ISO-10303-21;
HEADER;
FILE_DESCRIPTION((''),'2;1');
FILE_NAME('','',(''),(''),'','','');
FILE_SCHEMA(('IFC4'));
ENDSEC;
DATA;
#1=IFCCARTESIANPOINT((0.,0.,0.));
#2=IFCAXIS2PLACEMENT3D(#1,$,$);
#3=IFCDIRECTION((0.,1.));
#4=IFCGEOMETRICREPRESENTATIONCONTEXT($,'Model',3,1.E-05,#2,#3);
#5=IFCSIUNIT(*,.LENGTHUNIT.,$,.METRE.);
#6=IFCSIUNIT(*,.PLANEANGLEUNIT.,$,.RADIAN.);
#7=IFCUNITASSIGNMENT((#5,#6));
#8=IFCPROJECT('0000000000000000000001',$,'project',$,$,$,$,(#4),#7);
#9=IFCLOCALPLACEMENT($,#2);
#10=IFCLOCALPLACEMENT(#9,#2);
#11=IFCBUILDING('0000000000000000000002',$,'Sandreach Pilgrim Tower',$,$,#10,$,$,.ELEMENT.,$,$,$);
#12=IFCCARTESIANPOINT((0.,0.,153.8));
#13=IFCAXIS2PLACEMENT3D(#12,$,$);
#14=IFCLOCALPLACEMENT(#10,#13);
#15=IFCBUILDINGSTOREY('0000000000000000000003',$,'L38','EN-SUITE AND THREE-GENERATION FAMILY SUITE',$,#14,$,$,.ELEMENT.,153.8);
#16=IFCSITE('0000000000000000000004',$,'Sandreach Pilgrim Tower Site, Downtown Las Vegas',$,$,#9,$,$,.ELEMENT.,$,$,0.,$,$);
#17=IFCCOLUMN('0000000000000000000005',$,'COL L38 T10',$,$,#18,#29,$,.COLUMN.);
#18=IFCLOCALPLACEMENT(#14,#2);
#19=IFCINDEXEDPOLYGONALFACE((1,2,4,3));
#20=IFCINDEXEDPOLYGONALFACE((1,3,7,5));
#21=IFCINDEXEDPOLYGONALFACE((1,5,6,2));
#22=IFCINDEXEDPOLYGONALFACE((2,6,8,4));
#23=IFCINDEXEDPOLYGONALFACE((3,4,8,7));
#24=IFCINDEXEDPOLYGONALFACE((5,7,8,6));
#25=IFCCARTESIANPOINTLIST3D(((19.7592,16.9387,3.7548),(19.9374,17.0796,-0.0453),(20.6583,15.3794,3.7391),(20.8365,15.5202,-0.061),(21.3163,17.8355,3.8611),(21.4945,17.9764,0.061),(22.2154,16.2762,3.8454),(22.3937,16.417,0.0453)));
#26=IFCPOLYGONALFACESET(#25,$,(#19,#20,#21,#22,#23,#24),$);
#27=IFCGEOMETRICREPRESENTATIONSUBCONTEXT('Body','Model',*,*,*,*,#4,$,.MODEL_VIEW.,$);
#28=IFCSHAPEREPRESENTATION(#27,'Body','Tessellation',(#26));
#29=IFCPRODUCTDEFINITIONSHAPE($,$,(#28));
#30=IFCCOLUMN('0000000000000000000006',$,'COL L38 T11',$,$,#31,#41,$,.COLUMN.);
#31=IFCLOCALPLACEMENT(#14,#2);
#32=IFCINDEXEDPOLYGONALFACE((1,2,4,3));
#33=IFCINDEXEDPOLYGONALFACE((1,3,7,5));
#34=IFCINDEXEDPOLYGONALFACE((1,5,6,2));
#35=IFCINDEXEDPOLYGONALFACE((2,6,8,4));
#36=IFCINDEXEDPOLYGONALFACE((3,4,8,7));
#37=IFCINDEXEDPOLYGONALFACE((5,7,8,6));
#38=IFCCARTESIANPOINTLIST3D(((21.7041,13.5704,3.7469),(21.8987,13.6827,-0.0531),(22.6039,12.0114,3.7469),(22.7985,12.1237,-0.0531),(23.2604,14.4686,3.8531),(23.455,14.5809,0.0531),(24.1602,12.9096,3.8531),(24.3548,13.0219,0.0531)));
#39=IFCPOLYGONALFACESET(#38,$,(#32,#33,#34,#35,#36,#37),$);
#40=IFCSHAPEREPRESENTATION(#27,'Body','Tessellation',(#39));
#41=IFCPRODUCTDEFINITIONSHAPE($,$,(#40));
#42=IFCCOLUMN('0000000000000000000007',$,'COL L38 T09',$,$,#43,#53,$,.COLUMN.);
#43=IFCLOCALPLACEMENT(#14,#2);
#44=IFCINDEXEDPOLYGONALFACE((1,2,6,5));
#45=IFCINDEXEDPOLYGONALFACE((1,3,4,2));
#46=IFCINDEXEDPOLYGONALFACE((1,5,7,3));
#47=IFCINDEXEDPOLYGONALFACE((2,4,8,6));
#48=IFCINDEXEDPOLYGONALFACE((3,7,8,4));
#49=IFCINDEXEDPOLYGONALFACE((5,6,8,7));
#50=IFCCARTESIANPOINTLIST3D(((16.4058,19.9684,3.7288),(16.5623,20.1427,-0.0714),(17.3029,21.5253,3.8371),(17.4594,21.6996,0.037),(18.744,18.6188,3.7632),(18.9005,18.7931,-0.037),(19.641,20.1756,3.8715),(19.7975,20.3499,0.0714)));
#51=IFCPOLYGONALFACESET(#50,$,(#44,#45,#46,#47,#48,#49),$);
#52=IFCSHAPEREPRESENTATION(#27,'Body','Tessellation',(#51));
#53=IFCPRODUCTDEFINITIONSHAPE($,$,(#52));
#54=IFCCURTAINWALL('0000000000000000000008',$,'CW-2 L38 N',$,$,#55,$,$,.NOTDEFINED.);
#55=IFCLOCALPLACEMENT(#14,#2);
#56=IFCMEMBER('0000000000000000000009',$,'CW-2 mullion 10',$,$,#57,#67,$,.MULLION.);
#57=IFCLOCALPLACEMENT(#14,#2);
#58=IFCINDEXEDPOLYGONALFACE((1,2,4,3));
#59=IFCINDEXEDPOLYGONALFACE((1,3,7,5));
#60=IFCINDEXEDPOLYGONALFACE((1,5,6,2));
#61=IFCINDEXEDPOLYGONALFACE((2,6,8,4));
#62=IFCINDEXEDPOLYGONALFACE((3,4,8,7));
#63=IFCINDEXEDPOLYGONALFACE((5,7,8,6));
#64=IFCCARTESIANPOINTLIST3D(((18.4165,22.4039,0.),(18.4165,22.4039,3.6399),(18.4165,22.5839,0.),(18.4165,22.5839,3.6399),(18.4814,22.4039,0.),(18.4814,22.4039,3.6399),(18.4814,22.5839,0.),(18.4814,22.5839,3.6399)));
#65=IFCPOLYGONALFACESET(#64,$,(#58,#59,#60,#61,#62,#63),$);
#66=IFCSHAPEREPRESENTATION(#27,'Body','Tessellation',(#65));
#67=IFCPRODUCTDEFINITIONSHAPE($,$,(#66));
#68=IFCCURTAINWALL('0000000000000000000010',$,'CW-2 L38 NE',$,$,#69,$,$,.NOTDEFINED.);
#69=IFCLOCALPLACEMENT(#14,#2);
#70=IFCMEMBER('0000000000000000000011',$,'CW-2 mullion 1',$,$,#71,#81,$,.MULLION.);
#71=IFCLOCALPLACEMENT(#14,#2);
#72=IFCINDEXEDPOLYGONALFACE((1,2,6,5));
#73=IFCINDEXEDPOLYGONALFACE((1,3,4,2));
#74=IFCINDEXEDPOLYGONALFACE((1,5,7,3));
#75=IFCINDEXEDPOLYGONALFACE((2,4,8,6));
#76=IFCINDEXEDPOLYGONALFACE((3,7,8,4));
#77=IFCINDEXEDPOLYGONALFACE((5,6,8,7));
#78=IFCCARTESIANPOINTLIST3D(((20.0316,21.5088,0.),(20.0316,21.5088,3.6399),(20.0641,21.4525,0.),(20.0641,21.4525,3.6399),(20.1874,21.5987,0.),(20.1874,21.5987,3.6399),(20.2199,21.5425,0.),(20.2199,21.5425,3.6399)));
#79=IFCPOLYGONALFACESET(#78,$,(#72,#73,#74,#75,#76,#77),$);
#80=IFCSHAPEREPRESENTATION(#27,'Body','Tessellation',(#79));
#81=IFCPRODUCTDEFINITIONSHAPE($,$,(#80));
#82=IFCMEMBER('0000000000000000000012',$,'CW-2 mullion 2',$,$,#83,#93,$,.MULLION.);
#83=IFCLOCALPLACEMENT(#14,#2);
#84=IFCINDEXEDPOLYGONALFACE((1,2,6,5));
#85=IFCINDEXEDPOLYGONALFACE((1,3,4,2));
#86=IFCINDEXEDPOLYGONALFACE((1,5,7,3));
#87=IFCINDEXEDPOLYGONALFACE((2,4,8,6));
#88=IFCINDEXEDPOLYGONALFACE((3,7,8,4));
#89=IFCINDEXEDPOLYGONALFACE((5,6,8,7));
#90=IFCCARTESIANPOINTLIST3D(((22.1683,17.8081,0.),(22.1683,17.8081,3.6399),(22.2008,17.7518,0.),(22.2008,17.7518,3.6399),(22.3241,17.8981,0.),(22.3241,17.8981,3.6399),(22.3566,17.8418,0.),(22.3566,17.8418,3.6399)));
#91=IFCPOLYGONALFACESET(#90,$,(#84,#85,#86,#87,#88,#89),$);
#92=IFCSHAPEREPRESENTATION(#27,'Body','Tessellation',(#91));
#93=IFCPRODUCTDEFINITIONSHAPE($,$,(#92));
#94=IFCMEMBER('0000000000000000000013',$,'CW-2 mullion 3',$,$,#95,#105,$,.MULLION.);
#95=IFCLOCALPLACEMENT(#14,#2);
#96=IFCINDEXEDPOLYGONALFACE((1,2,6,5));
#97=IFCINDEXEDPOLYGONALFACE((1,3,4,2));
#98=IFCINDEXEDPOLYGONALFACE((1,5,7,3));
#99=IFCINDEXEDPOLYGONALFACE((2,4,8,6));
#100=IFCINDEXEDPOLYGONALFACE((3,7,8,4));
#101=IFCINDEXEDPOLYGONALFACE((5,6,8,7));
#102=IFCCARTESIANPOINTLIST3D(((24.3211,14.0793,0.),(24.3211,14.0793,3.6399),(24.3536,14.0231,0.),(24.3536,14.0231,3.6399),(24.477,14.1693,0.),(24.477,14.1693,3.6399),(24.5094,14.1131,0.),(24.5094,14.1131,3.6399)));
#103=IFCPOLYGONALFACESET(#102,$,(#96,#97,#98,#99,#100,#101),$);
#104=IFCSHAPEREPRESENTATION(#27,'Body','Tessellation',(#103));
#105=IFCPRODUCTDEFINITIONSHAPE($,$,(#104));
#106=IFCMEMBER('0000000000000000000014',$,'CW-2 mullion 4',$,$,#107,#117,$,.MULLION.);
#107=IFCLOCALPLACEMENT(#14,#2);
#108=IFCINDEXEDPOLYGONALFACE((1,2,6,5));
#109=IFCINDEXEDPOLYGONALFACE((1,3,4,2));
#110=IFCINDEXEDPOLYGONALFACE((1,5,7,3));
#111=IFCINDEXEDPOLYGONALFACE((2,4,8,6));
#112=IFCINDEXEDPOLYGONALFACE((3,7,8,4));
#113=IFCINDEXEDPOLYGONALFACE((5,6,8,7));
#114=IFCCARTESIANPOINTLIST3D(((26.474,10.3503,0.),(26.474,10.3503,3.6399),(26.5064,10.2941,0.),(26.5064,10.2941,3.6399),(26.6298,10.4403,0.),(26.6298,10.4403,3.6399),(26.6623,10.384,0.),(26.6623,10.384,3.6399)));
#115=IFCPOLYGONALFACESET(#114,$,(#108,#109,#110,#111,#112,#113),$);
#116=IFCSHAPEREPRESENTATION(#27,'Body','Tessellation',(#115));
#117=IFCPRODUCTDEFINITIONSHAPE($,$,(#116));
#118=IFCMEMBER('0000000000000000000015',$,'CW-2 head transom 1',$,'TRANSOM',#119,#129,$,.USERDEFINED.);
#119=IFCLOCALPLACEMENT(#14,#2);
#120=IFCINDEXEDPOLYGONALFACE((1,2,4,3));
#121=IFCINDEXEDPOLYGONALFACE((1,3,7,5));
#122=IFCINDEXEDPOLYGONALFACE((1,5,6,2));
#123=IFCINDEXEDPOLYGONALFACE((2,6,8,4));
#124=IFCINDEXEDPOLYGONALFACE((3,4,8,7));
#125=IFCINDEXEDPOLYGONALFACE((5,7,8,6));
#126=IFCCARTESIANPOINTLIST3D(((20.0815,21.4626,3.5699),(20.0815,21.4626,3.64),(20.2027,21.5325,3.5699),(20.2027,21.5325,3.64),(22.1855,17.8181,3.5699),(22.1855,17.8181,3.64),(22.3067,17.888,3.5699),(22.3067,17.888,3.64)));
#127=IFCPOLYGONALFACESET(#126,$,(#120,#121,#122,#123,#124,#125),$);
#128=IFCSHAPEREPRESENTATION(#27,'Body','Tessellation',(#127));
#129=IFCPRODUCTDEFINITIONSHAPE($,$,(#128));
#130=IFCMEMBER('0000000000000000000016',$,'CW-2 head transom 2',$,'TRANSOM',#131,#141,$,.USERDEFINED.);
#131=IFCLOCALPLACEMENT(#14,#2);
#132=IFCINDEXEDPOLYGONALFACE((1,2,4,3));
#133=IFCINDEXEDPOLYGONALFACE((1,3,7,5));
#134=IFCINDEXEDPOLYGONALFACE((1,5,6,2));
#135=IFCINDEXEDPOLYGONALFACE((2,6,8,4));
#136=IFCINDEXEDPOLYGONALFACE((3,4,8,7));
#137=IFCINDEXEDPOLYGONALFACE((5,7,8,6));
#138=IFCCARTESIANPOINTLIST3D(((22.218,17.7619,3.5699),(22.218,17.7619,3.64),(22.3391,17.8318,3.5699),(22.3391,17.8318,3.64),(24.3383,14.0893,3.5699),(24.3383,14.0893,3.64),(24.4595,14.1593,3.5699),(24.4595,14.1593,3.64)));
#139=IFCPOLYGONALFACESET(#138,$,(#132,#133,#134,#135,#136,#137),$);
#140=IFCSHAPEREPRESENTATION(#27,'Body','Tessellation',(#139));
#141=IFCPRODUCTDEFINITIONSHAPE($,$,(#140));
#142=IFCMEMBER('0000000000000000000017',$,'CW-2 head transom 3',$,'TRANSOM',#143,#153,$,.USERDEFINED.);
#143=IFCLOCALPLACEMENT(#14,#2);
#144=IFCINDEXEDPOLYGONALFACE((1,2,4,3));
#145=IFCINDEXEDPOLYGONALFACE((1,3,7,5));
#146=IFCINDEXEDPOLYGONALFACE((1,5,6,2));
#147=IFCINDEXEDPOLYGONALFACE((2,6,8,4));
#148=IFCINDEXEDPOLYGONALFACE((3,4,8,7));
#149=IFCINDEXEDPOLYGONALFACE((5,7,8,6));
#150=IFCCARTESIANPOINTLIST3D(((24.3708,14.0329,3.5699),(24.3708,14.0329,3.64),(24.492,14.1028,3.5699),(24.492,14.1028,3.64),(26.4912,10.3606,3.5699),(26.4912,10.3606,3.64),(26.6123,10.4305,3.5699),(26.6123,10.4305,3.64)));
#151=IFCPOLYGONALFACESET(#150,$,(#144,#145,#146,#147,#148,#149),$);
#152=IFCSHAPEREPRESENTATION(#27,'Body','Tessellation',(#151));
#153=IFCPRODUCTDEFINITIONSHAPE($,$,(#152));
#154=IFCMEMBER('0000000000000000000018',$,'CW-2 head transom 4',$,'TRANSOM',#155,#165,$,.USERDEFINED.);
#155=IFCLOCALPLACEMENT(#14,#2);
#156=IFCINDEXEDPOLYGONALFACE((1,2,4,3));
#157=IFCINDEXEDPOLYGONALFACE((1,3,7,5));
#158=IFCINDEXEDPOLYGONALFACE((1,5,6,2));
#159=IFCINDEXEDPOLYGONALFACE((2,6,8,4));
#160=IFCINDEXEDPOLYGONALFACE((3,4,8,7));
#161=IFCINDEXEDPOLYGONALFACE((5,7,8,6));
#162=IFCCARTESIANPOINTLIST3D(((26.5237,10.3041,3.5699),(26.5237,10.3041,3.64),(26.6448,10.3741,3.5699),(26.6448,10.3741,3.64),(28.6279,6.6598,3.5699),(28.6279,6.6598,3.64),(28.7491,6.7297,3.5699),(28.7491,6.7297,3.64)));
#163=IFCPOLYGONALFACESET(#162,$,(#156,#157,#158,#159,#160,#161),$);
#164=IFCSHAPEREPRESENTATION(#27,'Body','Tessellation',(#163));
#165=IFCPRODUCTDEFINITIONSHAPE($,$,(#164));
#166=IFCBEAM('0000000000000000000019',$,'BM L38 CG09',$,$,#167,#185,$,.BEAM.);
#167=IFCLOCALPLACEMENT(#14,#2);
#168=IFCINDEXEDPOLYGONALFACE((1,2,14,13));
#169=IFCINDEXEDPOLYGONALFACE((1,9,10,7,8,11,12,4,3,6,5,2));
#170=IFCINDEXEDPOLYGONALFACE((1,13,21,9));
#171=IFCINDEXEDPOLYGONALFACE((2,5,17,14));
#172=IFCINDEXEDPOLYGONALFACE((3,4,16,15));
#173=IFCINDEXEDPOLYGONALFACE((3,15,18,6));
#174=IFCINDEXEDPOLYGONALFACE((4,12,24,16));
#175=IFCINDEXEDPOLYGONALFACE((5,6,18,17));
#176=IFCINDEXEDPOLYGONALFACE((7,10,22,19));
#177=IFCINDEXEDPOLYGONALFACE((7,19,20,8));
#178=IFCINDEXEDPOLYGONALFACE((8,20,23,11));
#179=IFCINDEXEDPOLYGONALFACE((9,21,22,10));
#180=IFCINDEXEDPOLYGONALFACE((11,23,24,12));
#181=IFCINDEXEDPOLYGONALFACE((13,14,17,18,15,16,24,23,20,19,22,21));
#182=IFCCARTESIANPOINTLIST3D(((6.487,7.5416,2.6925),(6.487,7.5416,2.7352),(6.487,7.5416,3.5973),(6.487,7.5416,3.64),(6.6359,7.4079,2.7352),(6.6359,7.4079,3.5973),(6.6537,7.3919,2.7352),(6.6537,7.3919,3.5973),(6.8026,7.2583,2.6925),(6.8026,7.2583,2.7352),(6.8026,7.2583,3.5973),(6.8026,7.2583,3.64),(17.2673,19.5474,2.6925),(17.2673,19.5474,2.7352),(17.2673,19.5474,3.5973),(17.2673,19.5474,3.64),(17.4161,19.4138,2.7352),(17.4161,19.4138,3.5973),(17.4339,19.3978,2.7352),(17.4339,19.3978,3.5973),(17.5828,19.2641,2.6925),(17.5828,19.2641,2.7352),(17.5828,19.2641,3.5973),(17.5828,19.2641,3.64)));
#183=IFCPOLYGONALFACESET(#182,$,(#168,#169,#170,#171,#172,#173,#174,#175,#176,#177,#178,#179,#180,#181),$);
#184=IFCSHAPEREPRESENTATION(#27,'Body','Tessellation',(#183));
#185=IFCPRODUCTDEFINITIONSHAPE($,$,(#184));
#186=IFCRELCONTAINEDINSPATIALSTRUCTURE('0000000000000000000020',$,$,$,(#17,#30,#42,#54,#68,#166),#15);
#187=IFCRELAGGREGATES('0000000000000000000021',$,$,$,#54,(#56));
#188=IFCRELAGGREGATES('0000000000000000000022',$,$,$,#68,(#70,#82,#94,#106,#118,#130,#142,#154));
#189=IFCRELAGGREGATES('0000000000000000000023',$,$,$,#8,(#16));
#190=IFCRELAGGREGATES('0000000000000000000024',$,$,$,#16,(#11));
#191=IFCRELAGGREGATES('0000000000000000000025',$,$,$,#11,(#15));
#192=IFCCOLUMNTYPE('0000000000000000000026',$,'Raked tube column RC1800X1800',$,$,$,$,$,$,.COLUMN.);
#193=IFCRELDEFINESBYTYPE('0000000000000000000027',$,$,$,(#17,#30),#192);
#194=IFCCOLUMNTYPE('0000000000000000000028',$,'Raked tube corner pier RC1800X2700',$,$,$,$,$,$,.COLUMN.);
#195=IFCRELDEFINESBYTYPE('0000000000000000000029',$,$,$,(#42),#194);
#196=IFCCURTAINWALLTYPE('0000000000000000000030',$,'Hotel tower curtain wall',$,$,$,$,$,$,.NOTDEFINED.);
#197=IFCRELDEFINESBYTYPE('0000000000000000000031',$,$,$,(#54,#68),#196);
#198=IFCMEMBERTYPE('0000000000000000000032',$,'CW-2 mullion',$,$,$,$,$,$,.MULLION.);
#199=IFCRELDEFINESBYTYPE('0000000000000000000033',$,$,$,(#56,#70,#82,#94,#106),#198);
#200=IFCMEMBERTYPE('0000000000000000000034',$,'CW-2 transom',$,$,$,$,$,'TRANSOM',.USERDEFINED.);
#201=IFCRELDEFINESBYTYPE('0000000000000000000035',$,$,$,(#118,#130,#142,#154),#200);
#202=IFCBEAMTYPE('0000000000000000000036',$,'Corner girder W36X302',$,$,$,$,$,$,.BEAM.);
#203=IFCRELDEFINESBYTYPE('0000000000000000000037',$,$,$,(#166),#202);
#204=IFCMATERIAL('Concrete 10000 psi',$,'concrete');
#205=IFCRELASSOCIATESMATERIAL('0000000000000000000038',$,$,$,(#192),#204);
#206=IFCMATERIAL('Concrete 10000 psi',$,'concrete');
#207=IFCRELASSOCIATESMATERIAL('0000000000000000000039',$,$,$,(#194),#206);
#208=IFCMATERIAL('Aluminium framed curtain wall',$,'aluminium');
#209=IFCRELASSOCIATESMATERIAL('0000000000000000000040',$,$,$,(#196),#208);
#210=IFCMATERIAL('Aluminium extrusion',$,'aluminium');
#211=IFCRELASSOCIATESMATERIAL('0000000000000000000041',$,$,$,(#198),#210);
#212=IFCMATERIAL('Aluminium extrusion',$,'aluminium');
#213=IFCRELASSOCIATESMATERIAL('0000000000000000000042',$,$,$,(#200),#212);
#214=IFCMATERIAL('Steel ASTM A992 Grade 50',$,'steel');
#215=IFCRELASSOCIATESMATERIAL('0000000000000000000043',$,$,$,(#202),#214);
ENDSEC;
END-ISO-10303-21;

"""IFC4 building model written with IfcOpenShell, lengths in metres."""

from ifc_helpers import new_model, si_unit, direction, frame, origin, origin_2d, place, context, subcontext, project, spatial, rectangle, i_section, extrude, material, material_profile, profile_set, type_object, element, aggregate, save


model = new_model("IFC4")

# Units and contexts
model_context = context("Model", 3, precision=1e-05, world=origin(), true_north=direction((0.0, 1.0)))
body_context = subcontext(model_context, "Body", "Model", "MODEL_VIEW")
ifc_project = project(units=[si_unit("LENGTHUNIT", "METRE"), si_unit("PLANEANGLEUNIT", "RADIAN")], contexts=[model_context])

# Site, building, storey
site_placement = place(None, origin())
site = spatial("IfcSite", under=ifc_project, at=site_placement, Name="Sandreach Pilgrim Tower Site, Downtown Las Vegas", CompositionType="ELEMENT", RefElevation=0.0)
building_placement = place(site_placement, origin())
building = spatial("IfcBuilding", under=site, at=building_placement, Name="Sandreach Pilgrim Tower", CompositionType="ELEMENT")
storey_placement = place(building_placement, frame((0.0, 0.0, 153.8)))
storey = spatial("IfcBuildingStorey", under=building, at=storey_placement, Name="L38", Description="EN-SUITE AND THREE-GENERATION FAMILY SUITE", CompositionType="ELEMENT", Elevation=153.8)

# Columns
ifc_material_1 = material(Name="Concrete 10000 psi", Category="concrete")
ifc_material_profile_1 = material_profile(ifc_material_1, rectangle(XDim=1.8, YDim=1.8, at=origin_2d()), Name="RC1800X1800")
ifc_profile_set_1 = profile_set([ifc_material_profile_1], Name="Concrete 10000 psi")
column_type_1 = type_object("IfcColumnType", Name="Raked tube column RC1800X1800", PredefinedType="COLUMN", material=ifc_profile_set_1)
column_1_placement = place(storey_placement, frame((21.1655, 16.7483, 0.0), z_axis=(-0.046817, -0.037004, 0.998218), x_axis=(0.865044, 0.498209, 0.059039)))
element("IfcColumn", 1, at=column_1_placement, inside=storey, type_object=column_type_1, Name="COL L38 T10", PredefinedType="COLUMN", context=body_context, shape_type="SweptSolid", body=[
    extrude(rectangle(XDim=1.8, YDim=1.8, at=origin_2d()), origin(), (0.0, 0.0, 1.0), 3.8069),
])
column_2_placement = place(storey_placement, frame((23.1267, 13.3523, 0.0), z_axis=(-0.051115, -0.029502, 0.998257), x_axis=(0.864585, 0.499008, 0.059018)))
element("IfcColumn", 2, at=column_2_placement, inside=storey, type_object=column_type_1, Name="COL L38 T11", PredefinedType="COLUMN", context=body_context, shape_type="SweptSolid", body=[
    extrude(rectangle(XDim=1.8, YDim=1.8, at=origin_2d()), origin(), (0.0, 0.0, 1.0), 3.8066),
])
ifc_material_2 = material(Name="Concrete 10000 psi", Category="concrete")
ifc_material_profile_2 = material_profile(ifc_material_2, rectangle(XDim=1.8, YDim=2.7, at=origin_2d()), Name="RC1800X2700")
ifc_profile_set_2 = profile_set([ifc_material_profile_2], Name="Concrete 10000 psi")
column_type_2 = type_object("IfcColumnType", Name="Raked tube corner pier RC1800X2700", PredefinedType="COLUMN", material=ifc_profile_set_2)
column_3_placement = place(storey_placement, frame((18.1799, 20.2463, 0.0), z_axis=(-0.041104, -0.045785, 0.998105), x_axis=(0.498343, 0.864888, 0.060197)))
element("IfcColumn", 3, at=column_3_placement, inside=storey, type_object=column_type_2, Name="COL L38 T09", PredefinedType="COLUMN", context=body_context, shape_type="SweptSolid", body=[
    extrude(rectangle(XDim=1.8, YDim=2.7, at=origin_2d()), origin(), (0.0, 0.0, 1.0), 3.8074),
])

# Curtain wall, member
ifc_material_3 = material(Name="Aluminium framed curtain wall", Category="aluminium")
curtain_wall_type = type_object("IfcCurtainWallType", Name="Hotel tower curtain wall", PredefinedType="NOTDEFINED", material=ifc_material_3)
curtain_wall_1_placement = place(storey_placement, origin())
curtain_wall_1 = element("IfcCurtainWall", 4, at=curtain_wall_1_placement, inside=storey, type_object=curtain_wall_type, Name="CW-2 L38 N", PredefinedType="NOTDEFINED")
ifc_material_4 = material(Name="Aluminium extrusion", Category="aluminium")
ifc_material_profile_3 = material_profile(ifc_material_4, rectangle(XDim=0.0649, YDim=0.1799, at=origin_2d()), Name="CW-2M 65X180")
ifc_profile_set_3 = profile_set([ifc_material_profile_3], Name="Aluminium extrusion")
member_type_1 = type_object("IfcMemberType", Name="CW-2 mullion", PredefinedType="MULLION", material=ifc_profile_set_3)
member_1_placement = place(storey_placement, frame((18.449, 22.4939, 0.0), z_axis=(0.0, 0.0, 1.0), x_axis=(1.0, 0.0, 0.0)))
member_1 = element("IfcMember", 5, at=member_1_placement, type_object=member_type_1, Name="CW-2 mullion 10", PredefinedType="MULLION", context=body_context, shape_type="SweptSolid", body=[
    extrude(rectangle(XDim=0.0649, YDim=0.1799, at=origin_2d()), origin(), (0.0, 0.0, 1.0), 3.6399),
])

# Curtain wall, members
curtain_wall_2_placement = place(storey_placement, origin())
curtain_wall_2 = element("IfcCurtainWall", 6, at=curtain_wall_2_placement, inside=storey, type_object=curtain_wall_type, Name="CW-2 L38 NE", PredefinedType="NOTDEFINED")
member_2_placement = place(storey_placement, frame((20.1257, 21.5256, 0.0), z_axis=(0.0, 0.0, 1.0), x_axis=(0.5, -0.866025, 0.0)))
member_2 = element("IfcMember", 7, at=member_2_placement, type_object=member_type_1, Name="CW-2 mullion 1", PredefinedType="MULLION", context=body_context, shape_type="SweptSolid", body=[
    extrude(rectangle(XDim=0.0649, YDim=0.1799, at=origin_2d()), origin(), (0.0, 0.0, 1.0), 3.6399),
])
member_3_placement = place(storey_placement, frame((22.2625, 17.825, 0.0), z_axis=(0.0, 0.0, 1.0), x_axis=(0.5, -0.866025, 0.0)))
member_3 = element("IfcMember", 8, at=member_3_placement, type_object=member_type_1, Name="CW-2 mullion 2", PredefinedType="MULLION", context=body_context, shape_type="SweptSolid", body=[
    extrude(rectangle(XDim=0.0649, YDim=0.1799, at=origin_2d()), origin(), (0.0, 0.0, 1.0), 3.6399),
])
member_4_placement = place(storey_placement, frame((24.4153, 14.0962, 0.0), z_axis=(0.0, 0.0, 1.0), x_axis=(0.5, -0.866025, 0.0)))
member_4 = element("IfcMember", 9, at=member_4_placement, type_object=member_type_1, Name="CW-2 mullion 3", PredefinedType="MULLION", context=body_context, shape_type="SweptSolid", body=[
    extrude(rectangle(XDim=0.0649, YDim=0.1799, at=origin_2d()), origin(), (0.0, 0.0, 1.0), 3.6399),
])
member_5_placement = place(storey_placement, frame((26.5681, 10.3672, 0.0), z_axis=(0.0, 0.0, 1.0), x_axis=(0.5, -0.866025, 0.0)))
member_5 = element("IfcMember", 10, at=member_5_placement, type_object=member_type_1, Name="CW-2 mullion 4", PredefinedType="MULLION", context=body_context, shape_type="SweptSolid", body=[
    extrude(rectangle(XDim=0.0649, YDim=0.1799, at=origin_2d()), origin(), (0.0, 0.0, 1.0), 3.6399),
])
ifc_material_5 = material(Name="Aluminium extrusion", Category="aluminium")
ifc_material_profile_4 = material_profile(ifc_material_5, rectangle(XDim=0.1399, YDim=0.0701, at=origin_2d()), Name="CW-2T 140X70")
ifc_profile_set_4 = profile_set([ifc_material_profile_4], Name="Aluminium extrusion")
member_type_2 = type_object("IfcMemberType", Name="CW-2 transom", ElementType="TRANSOM", PredefinedType="USERDEFINED", material=ifc_profile_set_4)
member_6_placement = place(storey_placement, frame((20.1421, 21.4976, 3.605), z_axis=(0.49997, -0.866043, 0.0), x_axis=(0.866043, 0.49997, 0.0)))
member_6 = element("IfcMember", 11, at=member_6_placement, type_object=member_type_2, Name="CW-2 head transom 1", ObjectType="TRANSOM", PredefinedType="USERDEFINED", context=body_context, shape_type="SweptSolid", body=[
    extrude(rectangle(XDim=0.1399, YDim=0.0701, at=origin_2d()), origin(), (0.0, 0.0, 1.0), 4.2083),
])
member_7_placement = place(storey_placement, frame((22.2786, 17.7969, 3.605), z_axis=(0.499997, -0.866027, 0.0), x_axis=(0.866027, 0.499997, 0.0)))
member_7 = element("IfcMember", 12, at=member_7_placement, type_object=member_type_2, Name="CW-2 head transom 2", ObjectType="TRANSOM", PredefinedType="USERDEFINED", context=body_context, shape_type="SweptSolid", body=[
    extrude(rectangle(XDim=0.1399, YDim=0.0701, at=origin_2d()), origin(), (0.0, 0.0, 1.0), 4.2407),
])
member_8_placement = place(storey_placement, frame((24.4314, 14.0679, 3.605), z_axis=(0.500021, -0.866013, 0.0), x_axis=(0.866013, 0.500021, 0.0)))
member_8 = element("IfcMember", 13, at=member_8_placement, type_object=member_type_2, Name="CW-2 head transom 3", ObjectType="TRANSOM", PredefinedType="USERDEFINED", context=body_context, shape_type="SweptSolid", body=[
    extrude(rectangle(XDim=0.1399, YDim=0.0701, at=origin_2d()), origin(), (0.0, 0.0, 1.0), 4.2405),
])
member_9_placement = place(storey_placement, frame((26.5842, 10.3391, 3.605), z_axis=(0.500039, -0.866003, 0.0), x_axis=(0.866003, 0.500039, 0.0)))
member_9 = element("IfcMember", 14, at=member_9_placement, type_object=member_type_2, Name="CW-2 head transom 4", ObjectType="TRANSOM", PredefinedType="USERDEFINED", context=body_context, shape_type="SweptSolid", body=[
    extrude(rectangle(XDim=0.1399, YDim=0.0701, at=origin_2d()), origin(), (0.0, 0.0, 1.0), 4.2083),
])

# Beam
ifc_material_6 = material(Name="Steel ASTM A992 Grade 50", Category="steel")
ifc_material_profile_5 = material_profile(ifc_material_6, i_section(OverallWidth=0.4241, OverallDepth=0.9475, WebThickness=0.0239, FlangeThickness=0.0427, at=origin_2d()), Name="W36X302")
ifc_profile_set_5 = profile_set([ifc_material_profile_5], Name="Steel ASTM A992 Grade 50")
beam_type_1 = type_object("IfcBeamType", Name="Corner girder W36X302", PredefinedType="BEAM", material=ifc_profile_set_5)
beam_1_placement = place(storey_placement, frame((17.425, 19.4058, 3.1663), z_axis=(-0.668108, -0.744064, 0.0), x_axis=(0.744064, -0.668108, 0.0)))
element("IfcBeam", 15, at=beam_1_placement, inside=storey, type_object=beam_type_1, Name="BM L38 CG09", PredefinedType="BEAM", context=body_context, shape_type="SweptSolid", body=[
    extrude(i_section(OverallWidth=0.4241, OverallDepth=0.9475, WebThickness=0.0239, FlangeThickness=0.0427, at=origin_2d()), origin(), (0.0, 0.0, 1.0), 16.1355),
])

aggregate(curtain_wall_1, [member_1])
aggregate(curtain_wall_2, [member_2, member_3, member_4, member_5, member_6, member_7, member_8, member_9])

save(model, "model.ifc")
